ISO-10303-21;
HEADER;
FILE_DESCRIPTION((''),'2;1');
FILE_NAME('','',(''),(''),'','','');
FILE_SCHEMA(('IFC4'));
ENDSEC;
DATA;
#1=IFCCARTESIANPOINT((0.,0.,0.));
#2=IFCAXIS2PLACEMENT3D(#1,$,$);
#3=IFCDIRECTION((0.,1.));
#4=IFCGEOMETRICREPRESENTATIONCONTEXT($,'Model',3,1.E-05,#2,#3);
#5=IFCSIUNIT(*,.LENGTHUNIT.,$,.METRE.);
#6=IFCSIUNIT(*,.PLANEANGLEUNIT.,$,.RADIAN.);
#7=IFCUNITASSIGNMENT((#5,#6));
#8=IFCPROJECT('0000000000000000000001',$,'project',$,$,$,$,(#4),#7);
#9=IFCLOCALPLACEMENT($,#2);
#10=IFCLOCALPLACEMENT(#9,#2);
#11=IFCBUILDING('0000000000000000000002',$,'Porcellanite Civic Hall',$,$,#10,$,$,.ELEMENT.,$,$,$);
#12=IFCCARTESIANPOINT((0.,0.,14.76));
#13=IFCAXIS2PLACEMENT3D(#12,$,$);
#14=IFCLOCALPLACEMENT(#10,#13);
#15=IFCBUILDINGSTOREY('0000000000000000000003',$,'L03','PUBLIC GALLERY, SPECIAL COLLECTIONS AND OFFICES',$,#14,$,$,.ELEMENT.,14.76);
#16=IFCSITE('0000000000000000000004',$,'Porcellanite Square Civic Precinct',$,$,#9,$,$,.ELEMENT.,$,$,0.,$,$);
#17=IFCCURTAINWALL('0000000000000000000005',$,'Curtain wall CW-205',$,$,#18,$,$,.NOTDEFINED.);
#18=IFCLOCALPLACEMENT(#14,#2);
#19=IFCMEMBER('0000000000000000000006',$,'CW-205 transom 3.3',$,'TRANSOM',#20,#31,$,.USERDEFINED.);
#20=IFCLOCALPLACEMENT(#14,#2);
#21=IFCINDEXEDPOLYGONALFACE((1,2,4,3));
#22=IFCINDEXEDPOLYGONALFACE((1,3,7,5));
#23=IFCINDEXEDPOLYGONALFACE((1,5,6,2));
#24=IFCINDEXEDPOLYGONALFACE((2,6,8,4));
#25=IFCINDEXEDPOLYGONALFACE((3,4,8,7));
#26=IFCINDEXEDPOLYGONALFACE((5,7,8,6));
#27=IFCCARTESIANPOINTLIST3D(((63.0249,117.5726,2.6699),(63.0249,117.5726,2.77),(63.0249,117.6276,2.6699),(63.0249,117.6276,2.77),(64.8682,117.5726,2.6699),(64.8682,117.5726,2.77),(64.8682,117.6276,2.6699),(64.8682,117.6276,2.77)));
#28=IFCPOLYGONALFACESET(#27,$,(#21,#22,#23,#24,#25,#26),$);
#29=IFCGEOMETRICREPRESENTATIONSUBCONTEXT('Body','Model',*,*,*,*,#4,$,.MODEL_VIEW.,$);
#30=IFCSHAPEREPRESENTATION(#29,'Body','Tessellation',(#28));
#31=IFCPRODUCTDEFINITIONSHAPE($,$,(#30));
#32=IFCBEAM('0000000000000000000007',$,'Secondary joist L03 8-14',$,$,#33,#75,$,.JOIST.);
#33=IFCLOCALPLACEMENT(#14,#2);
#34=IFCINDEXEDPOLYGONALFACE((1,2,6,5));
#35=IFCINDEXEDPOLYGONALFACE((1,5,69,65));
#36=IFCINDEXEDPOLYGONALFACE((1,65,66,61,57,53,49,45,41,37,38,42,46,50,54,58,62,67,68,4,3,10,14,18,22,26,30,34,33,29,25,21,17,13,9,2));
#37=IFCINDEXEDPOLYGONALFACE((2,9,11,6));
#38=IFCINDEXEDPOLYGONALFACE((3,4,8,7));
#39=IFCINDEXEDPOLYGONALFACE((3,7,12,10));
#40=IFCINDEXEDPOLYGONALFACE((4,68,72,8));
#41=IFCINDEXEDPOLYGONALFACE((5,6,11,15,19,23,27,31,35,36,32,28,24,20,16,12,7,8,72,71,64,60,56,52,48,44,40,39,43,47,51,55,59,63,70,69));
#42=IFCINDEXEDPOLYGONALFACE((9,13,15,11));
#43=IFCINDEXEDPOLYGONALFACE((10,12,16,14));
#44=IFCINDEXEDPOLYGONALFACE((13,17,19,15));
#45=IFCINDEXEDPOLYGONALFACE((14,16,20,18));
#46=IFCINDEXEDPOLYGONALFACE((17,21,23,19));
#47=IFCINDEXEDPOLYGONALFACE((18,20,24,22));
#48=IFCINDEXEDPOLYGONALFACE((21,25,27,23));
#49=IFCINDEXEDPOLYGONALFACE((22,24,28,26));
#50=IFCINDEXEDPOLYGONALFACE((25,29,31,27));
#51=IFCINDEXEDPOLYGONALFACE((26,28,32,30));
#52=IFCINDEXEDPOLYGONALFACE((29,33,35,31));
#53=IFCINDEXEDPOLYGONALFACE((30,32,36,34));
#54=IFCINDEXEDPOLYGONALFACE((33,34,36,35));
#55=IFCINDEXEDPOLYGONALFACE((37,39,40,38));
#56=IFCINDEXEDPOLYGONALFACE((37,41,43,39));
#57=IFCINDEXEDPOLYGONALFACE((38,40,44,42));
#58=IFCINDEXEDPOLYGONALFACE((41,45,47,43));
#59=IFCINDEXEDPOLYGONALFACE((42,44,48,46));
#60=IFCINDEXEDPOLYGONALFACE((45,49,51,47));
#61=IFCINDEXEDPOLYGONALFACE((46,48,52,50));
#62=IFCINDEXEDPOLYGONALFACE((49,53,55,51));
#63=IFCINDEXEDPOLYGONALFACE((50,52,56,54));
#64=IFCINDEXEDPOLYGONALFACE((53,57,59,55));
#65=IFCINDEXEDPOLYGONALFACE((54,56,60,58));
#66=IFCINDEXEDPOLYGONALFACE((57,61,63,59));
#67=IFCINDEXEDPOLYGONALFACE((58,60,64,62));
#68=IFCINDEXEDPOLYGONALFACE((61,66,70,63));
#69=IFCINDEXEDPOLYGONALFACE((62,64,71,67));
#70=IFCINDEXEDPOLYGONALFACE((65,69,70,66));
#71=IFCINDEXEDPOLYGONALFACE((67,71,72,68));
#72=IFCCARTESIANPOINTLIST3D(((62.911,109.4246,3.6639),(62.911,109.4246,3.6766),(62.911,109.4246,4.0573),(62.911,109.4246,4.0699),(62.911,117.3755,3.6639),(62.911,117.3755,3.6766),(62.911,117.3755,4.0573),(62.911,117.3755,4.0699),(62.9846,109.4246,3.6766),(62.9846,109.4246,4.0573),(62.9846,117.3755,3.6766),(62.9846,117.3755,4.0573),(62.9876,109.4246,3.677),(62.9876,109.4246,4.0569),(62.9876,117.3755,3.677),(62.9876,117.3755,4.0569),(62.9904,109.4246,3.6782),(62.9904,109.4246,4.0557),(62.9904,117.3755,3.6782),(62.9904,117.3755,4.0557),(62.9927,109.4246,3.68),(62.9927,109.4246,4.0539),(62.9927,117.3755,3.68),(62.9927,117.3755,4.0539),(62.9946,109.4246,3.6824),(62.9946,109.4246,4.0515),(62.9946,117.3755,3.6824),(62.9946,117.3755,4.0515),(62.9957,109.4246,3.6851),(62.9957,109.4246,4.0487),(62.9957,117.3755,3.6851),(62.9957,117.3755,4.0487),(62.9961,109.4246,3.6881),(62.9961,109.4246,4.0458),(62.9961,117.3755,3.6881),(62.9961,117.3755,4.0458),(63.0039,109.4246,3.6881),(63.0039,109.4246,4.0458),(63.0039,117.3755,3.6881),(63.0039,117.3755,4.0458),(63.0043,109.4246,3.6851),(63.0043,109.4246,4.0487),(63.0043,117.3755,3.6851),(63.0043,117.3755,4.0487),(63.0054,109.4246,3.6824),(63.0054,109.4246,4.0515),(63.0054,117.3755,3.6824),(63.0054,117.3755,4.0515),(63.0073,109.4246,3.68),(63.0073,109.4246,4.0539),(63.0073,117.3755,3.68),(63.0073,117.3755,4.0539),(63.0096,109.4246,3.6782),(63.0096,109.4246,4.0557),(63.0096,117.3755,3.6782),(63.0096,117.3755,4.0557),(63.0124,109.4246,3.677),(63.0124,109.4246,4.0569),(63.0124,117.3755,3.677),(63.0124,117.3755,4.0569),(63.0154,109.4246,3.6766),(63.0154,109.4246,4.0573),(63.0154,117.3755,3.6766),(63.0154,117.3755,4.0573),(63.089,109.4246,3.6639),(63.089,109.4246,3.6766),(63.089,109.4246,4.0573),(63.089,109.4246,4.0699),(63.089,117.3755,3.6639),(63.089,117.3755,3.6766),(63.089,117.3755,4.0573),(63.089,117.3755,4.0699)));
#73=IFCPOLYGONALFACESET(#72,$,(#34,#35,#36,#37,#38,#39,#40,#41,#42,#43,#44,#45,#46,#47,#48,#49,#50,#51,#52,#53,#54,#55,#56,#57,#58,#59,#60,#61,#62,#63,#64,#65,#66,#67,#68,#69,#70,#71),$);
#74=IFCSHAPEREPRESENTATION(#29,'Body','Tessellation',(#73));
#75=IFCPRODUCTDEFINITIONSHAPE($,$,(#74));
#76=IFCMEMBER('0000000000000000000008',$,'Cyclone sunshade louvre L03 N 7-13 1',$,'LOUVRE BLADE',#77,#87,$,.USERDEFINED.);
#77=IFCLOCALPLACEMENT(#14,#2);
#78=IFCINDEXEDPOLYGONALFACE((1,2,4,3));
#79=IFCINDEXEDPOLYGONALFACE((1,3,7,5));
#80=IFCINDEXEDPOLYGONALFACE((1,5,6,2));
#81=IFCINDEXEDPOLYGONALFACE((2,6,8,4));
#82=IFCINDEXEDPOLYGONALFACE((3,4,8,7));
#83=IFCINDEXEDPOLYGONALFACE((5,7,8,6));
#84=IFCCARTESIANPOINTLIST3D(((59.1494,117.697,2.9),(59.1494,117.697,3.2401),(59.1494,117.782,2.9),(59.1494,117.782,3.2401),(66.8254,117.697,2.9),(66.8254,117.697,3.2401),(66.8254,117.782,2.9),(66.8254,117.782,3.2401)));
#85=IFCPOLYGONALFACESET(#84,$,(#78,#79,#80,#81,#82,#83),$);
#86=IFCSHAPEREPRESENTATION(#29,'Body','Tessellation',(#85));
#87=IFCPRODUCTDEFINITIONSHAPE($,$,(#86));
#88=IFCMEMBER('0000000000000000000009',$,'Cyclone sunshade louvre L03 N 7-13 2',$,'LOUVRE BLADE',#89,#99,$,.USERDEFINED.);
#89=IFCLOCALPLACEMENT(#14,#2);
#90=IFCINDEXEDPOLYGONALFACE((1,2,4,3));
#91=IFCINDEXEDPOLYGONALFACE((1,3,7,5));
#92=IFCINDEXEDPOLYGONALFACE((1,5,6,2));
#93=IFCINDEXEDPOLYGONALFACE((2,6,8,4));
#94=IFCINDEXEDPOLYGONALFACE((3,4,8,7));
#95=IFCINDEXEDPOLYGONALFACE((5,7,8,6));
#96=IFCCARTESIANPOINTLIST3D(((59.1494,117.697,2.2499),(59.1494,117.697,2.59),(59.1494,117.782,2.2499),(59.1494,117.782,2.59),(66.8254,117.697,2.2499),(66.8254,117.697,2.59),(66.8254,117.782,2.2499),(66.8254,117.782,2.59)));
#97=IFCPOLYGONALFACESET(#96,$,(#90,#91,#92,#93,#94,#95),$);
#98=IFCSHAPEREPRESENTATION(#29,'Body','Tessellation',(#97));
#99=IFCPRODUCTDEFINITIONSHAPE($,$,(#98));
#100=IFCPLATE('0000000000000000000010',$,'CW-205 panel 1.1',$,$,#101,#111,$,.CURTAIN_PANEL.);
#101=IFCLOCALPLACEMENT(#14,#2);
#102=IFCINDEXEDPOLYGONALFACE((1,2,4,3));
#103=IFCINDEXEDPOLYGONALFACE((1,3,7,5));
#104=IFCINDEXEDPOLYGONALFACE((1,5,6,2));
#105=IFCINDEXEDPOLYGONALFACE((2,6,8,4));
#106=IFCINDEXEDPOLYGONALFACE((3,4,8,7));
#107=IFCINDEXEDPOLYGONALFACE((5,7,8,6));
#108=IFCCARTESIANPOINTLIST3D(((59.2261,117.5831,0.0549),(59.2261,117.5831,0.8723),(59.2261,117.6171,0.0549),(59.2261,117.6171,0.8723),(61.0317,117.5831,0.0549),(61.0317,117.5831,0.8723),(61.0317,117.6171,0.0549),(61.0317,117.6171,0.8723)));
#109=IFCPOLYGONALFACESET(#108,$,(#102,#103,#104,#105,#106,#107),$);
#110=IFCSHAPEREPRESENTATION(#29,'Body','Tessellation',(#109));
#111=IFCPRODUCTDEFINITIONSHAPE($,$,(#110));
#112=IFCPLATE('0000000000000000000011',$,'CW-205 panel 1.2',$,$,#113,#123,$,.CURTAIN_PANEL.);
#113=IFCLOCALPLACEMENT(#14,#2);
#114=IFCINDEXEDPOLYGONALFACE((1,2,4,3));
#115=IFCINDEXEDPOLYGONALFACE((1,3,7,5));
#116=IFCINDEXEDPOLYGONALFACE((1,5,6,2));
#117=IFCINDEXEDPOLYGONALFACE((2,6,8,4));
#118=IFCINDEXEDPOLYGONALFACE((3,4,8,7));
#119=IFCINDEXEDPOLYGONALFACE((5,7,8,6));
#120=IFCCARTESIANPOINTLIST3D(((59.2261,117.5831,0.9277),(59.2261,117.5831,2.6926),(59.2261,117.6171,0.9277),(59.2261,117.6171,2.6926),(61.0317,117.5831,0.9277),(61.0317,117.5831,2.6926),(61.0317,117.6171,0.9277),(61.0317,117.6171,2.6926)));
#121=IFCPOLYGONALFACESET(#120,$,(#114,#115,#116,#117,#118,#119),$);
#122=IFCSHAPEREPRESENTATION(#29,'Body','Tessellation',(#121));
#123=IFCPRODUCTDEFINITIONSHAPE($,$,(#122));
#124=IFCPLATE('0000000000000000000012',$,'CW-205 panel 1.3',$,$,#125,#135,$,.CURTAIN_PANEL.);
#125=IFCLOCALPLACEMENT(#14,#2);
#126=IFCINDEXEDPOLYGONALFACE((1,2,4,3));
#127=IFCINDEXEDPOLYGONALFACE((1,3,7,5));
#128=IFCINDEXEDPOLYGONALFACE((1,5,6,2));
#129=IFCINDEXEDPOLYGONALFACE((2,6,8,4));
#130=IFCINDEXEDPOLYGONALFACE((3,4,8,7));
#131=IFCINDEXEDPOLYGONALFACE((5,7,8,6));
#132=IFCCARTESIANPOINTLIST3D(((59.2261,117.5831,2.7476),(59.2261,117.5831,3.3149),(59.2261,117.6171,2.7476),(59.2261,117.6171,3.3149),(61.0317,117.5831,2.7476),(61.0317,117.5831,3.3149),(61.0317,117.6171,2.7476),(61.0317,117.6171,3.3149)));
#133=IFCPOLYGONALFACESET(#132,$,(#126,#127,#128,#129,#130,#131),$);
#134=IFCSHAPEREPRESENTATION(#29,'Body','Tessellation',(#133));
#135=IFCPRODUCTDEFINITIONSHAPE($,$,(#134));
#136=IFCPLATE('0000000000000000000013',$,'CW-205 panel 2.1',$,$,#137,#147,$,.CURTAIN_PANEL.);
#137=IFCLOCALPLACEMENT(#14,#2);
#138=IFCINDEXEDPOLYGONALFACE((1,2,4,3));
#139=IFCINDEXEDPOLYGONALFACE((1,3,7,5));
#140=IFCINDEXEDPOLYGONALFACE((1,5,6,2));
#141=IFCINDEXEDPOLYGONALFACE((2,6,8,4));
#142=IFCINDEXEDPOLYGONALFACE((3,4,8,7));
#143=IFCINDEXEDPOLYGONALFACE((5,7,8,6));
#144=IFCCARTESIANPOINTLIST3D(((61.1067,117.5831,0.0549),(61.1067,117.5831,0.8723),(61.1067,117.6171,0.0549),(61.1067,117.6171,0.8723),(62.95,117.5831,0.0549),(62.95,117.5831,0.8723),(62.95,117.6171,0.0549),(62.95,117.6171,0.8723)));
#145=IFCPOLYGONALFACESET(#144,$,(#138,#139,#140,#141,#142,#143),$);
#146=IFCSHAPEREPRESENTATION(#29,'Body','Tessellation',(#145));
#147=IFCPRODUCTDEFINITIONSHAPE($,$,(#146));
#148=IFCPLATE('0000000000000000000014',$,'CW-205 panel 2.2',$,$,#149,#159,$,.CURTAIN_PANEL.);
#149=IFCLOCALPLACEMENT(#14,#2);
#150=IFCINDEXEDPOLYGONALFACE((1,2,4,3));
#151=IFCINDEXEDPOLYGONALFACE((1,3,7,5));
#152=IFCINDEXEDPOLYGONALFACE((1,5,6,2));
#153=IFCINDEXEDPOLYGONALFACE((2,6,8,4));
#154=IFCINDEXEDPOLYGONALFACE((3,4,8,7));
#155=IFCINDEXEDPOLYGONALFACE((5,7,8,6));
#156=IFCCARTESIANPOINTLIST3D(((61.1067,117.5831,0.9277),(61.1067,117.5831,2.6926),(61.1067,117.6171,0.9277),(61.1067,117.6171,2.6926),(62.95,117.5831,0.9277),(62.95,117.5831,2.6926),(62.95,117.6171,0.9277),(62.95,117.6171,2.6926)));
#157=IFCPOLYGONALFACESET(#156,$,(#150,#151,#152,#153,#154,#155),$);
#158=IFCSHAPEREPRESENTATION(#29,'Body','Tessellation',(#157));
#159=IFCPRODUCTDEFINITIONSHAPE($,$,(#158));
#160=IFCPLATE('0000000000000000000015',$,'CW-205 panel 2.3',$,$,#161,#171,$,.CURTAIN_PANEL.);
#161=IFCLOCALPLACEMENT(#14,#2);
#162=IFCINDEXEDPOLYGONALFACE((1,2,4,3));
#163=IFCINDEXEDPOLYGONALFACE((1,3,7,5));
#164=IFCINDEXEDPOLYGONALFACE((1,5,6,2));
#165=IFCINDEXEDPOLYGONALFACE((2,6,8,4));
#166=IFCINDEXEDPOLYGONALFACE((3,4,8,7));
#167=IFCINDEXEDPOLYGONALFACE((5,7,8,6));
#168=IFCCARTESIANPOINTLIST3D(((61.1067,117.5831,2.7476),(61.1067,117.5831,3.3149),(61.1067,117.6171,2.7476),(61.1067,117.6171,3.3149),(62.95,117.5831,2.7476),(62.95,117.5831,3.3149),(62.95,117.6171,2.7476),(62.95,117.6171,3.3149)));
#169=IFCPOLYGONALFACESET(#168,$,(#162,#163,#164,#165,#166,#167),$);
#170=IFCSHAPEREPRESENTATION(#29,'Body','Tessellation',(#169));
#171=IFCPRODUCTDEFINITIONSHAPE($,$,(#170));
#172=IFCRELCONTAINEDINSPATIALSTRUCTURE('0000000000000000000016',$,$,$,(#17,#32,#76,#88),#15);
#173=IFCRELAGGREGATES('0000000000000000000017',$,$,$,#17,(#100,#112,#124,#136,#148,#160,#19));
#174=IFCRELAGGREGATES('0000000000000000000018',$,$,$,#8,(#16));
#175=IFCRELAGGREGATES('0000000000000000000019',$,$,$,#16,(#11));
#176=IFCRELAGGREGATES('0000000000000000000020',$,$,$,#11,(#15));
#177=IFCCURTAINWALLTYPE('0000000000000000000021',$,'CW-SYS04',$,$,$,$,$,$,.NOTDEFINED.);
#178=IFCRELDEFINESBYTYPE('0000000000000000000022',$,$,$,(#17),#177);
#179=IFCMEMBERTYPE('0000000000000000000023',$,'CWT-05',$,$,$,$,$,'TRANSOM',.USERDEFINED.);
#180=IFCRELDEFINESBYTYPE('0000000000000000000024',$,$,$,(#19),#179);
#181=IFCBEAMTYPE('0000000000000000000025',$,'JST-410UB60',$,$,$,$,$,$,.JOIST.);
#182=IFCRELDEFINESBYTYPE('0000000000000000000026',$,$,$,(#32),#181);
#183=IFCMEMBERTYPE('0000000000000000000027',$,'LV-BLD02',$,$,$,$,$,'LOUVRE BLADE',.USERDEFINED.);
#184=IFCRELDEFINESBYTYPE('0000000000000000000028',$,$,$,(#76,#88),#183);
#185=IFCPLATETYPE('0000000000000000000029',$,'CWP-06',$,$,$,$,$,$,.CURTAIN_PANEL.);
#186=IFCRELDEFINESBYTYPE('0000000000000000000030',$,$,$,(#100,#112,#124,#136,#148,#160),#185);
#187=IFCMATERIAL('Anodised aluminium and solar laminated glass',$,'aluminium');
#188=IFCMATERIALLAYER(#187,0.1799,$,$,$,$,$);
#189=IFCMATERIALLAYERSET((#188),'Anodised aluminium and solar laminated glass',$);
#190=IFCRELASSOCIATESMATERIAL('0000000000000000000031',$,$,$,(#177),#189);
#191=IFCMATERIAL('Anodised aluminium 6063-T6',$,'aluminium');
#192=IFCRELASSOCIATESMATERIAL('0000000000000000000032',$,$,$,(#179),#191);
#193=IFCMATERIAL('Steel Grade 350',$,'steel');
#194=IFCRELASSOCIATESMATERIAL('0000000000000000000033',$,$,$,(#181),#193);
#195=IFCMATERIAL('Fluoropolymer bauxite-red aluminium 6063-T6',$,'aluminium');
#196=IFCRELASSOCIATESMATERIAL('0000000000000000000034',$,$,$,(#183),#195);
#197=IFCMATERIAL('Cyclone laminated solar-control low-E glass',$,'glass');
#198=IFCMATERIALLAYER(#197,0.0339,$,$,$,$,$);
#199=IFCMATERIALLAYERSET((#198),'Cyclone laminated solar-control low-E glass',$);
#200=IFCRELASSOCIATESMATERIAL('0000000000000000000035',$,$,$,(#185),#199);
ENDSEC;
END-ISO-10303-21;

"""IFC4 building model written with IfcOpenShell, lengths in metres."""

from ifc_helpers import new_model, si_unit, direction, frame, origin, origin_2d, place, context, subcontext, project, spatial, rectangle, i_section, extrude, material, layer, layer_set, material_profile, profile_set, type_object, element, aggregate, save


model = new_model("IFC4")

# Units and contexts
model_context = context("Model", 3, precision=1e-05, world=origin(), true_north=direction((0.0, 1.0)))
body_context = subcontext(model_context, "Body", "Model", "MODEL_VIEW")
ifc_project = project(units=[si_unit("LENGTHUNIT", "METRE"), si_unit("PLANEANGLEUNIT", "RADIAN")], contexts=[model_context])

# Site, building, storey
site_placement = place(None, origin())
site = spatial("IfcSite", under=ifc_project, at=site_placement, Name="Porcellanite Square Civic Precinct", CompositionType="ELEMENT", RefElevation=0.0)
building_placement = place(site_placement, origin())
building = spatial("IfcBuilding", under=site, at=building_placement, Name="Porcellanite Civic Hall", CompositionType="ELEMENT")
storey_placement = place(building_placement, frame((0.0, 0.0, 14.76)))
storey = spatial("IfcBuildingStorey", under=building, at=storey_placement, Name="L03", Description="PUBLIC GALLERY, SPECIAL COLLECTIONS AND OFFICES", CompositionType="ELEMENT", Elevation=14.76)

# Curtain wall, member
ifc_material_1 = material(Name="Anodised aluminium and solar laminated glass", Category="aluminium")
ifc_layer_1 = layer(ifc_material_1, 0.1799)
ifc_layer_set_1 = layer_set([ifc_layer_1], Name="Anodised aluminium and solar laminated glass")
curtain_wall_type = type_object("IfcCurtainWallType", Name="CW-SYS04", PredefinedType="NOTDEFINED", material=ifc_layer_set_1)
curtain_wall_placement = place(storey_placement, origin())
curtain_wall = element("IfcCurtainWall", 1, at=curtain_wall_placement, inside=storey, type_object=curtain_wall_type, Name="Curtain wall CW-205", PredefinedType="NOTDEFINED")
ifc_material_2 = material(Name="Anodised aluminium 6063-T6", Category="aluminium")
ifc_material_profile_1 = material_profile(ifc_material_2, rectangle(XDim=0.0549, YDim=0.1001, at=origin_2d()), Name="AL-55x100")
ifc_profile_set_1 = profile_set([ifc_material_profile_1], Name="Anodised aluminium 6063-T6")
member_type_1 = type_object("IfcMemberType", Name="CWT-05", ElementType="TRANSOM", PredefinedType="USERDEFINED", material=ifc_profile_set_1)
member_1_placement = place(storey_placement, frame((63.0249, 117.6001, 2.72), z_axis=(1.0, 0.0, 0.0), x_axis=(0.0, 1.0, 0.0)))
member_1 = element("IfcMember", 2, at=member_1_placement, type_object=member_type_1, Name="CW-205 transom 3.3", ObjectType="TRANSOM", PredefinedType="USERDEFINED", context=body_context, shape_type="SweptSolid", body=[
    extrude(rectangle(XDim=0.0549, YDim=0.1001, at=origin_2d()), origin(), (0.0, 0.0, 1.0), 1.8433),
])

# Beam
ifc_material_3 = material(Name="Steel Grade 350", Category="steel")
ifc_material_profile_2 = material_profile(ifc_material_3, i_section(OverallWidth=0.178, OverallDepth=0.406, WebThickness=0.0078, FlangeThickness=0.0127, FilletRadius=0.0115, at=origin_2d()), Name="410UB59.7")
ifc_profile_set_2 = profile_set([ifc_material_profile_2], Name="Steel Grade 350")
beam_type_1 = type_object("IfcBeamType", Name="JST-410UB60", PredefinedType="JOIST", material=ifc_profile_set_2)
beam_1_placement = place(storey_placement, frame((63.0, 109.4246, 3.8669), z_axis=(0.0, 1.0, 0.0), x_axis=(-1.0, 0.0, 0.0)))
element("IfcBeam", 3, at=beam_1_placement, inside=storey, type_object=beam_type_1, Name="Secondary joist L03 8-14", PredefinedType="JOIST", context=body_context, shape_type="SweptSolid", body=[
    extrude(i_section(OverallWidth=0.178, OverallDepth=0.406, WebThickness=0.0078, FlangeThickness=0.0127, FilletRadius=0.0115, at=origin_2d()), origin(), (0.0, 0.0, 1.0), 7.9509),
])

# Members
ifc_material_4 = material(Name="Fluoropolymer bauxite-red aluminium 6063-T6", Category="aluminium")
ifc_material_profile_3 = material_profile(ifc_material_4, rectangle(XDim=0.085, YDim=0.3401, at=origin_2d()), Name="AL-85x340")
ifc_profile_set_3 = profile_set([ifc_material_profile_3], Name="Fluoropolymer bauxite-red aluminium 6063-T6")
member_type_2 = type_object("IfcMemberType", Name="LV-BLD02", ElementType="LOUVRE BLADE", PredefinedType="USERDEFINED", material=ifc_profile_set_3)
for number, where, z_axis, x_axis, name in (
    (4, (59.1494, 117.7395, 3.0701), (1.0, 0.0, 0.0), (0.0, 1.0, 0.0), "Cyclone sunshade louvre L03 N 7-13 1"),
    (5, (59.1494, 117.7395, 2.4199), (1.0, 0.0, 0.0), (0.0, 1.0, 0.0), "Cyclone sunshade louvre L03 N 7-13 2"),
):
    element("IfcMember", number, at=place(storey_placement, frame(where, z_axis=z_axis, x_axis=x_axis)), inside=storey, type_object=member_type_2, Name=name, ObjectType="LOUVRE BLADE", PredefinedType="USERDEFINED", context=body_context, shape_type="SweptSolid", body=[
        extrude(rectangle(XDim=0.085, YDim=0.3401, at=origin_2d()), origin(), (0.0, 0.0, 1.0), 7.676),
    ])

# Plates
ifc_material_5 = material(Name="Cyclone laminated solar-control low-E glass", Category="glass")
ifc_layer_2 = layer(ifc_material_5, 0.0339)
ifc_layer_set_2 = layer_set([ifc_layer_2], Name="Cyclone laminated solar-control low-E glass")
plate_type = type_object("IfcPlateType", Name="CWP-06", PredefinedType="CURTAIN_PANEL", material=ifc_layer_set_2)
plate_1_placement = place(storey_placement, frame((60.1289, 117.6001, 0.0549), z_axis=(0.0, 0.0, 1.0), x_axis=(1.0, 0.0, 0.0)))
plate_1 = element("IfcPlate", 6, at=plate_1_placement, type_object=plate_type, Name="CW-205 panel 1.1", PredefinedType="CURTAIN_PANEL", context=body_context, shape_type="SweptSolid", body=[
    extrude(rectangle(XDim=1.8057, YDim=0.0339, at=origin_2d()), origin(), (0.0, 0.0, 1.0), 0.8174),
])
plate_2_placement = place(storey_placement, frame((60.1289, 117.6001, 0.9277), z_axis=(0.0, 0.0, 1.0), x_axis=(1.0, 0.0, 0.0)))
plate_2 = element("IfcPlate", 7, at=plate_2_placement, type_object=plate_type, Name="CW-205 panel 1.2", PredefinedType="CURTAIN_PANEL", context=body_context, shape_type="SweptSolid", body=[
    extrude(rectangle(XDim=1.8057, YDim=0.0339, at=origin_2d()), origin(), (0.0, 0.0, 1.0), 1.7649),
])
plate_3_placement = place(storey_placement, frame((60.1289, 117.6001, 2.7476), z_axis=(0.0, 0.0, 1.0), x_axis=(1.0, 0.0, 0.0)))
plate_3 = element("IfcPlate", 8, at=plate_3_placement, type_object=plate_type, Name="CW-205 panel 1.3", PredefinedType="CURTAIN_PANEL", context=body_context, shape_type="SweptSolid", body=[
    extrude(rectangle(XDim=1.8057, YDim=0.0339, at=origin_2d()), origin(), (0.0, 0.0, 1.0), 0.5674),
])
plate_4_placement = place(storey_placement, frame((62.0283, 117.6001, 0.0549), z_axis=(0.0, 0.0, 1.0), x_axis=(1.0, 0.0, 0.0)))
plate_4 = element("IfcPlate", 9, at=plate_4_placement, type_object=plate_type, Name="CW-205 panel 2.1", PredefinedType="CURTAIN_PANEL", context=body_context, shape_type="SweptSolid", body=[
    extrude(rectangle(XDim=1.8433, YDim=0.0339, at=origin_2d()), origin(), (0.0, 0.0, 1.0), 0.8174),
])
plate_5_placement = place(storey_placement, frame((62.0283, 117.6001, 0.9277), z_axis=(0.0, 0.0, 1.0), x_axis=(1.0, 0.0, 0.0)))
plate_5 = element("IfcPlate", 10, at=plate_5_placement, type_object=plate_type, Name="CW-205 panel 2.2", PredefinedType="CURTAIN_PANEL", context=body_context, shape_type="SweptSolid", body=[
    extrude(rectangle(XDim=1.8433, YDim=0.0339, at=origin_2d()), origin(), (0.0, 0.0, 1.0), 1.7649),
])
plate_6_placement = place(storey_placement, frame((62.0283, 117.6001, 2.7476), z_axis=(0.0, 0.0, 1.0), x_axis=(1.0, 0.0, 0.0)))
plate_6 = element("IfcPlate", 11, at=plate_6_placement, type_object=plate_type, Name="CW-205 panel 2.3", PredefinedType="CURTAIN_PANEL", context=body_context, shape_type="SweptSolid", body=[
    extrude(rectangle(XDim=1.8433, YDim=0.0339, at=origin_2d()), origin(), (0.0, 0.0, 1.0), 0.5674),
])
aggregate(curtain_wall, [plate_1, plate_2, plate_3, plate_4, plate_5, plate_6, member_1])

save(model, "model.ifc")
